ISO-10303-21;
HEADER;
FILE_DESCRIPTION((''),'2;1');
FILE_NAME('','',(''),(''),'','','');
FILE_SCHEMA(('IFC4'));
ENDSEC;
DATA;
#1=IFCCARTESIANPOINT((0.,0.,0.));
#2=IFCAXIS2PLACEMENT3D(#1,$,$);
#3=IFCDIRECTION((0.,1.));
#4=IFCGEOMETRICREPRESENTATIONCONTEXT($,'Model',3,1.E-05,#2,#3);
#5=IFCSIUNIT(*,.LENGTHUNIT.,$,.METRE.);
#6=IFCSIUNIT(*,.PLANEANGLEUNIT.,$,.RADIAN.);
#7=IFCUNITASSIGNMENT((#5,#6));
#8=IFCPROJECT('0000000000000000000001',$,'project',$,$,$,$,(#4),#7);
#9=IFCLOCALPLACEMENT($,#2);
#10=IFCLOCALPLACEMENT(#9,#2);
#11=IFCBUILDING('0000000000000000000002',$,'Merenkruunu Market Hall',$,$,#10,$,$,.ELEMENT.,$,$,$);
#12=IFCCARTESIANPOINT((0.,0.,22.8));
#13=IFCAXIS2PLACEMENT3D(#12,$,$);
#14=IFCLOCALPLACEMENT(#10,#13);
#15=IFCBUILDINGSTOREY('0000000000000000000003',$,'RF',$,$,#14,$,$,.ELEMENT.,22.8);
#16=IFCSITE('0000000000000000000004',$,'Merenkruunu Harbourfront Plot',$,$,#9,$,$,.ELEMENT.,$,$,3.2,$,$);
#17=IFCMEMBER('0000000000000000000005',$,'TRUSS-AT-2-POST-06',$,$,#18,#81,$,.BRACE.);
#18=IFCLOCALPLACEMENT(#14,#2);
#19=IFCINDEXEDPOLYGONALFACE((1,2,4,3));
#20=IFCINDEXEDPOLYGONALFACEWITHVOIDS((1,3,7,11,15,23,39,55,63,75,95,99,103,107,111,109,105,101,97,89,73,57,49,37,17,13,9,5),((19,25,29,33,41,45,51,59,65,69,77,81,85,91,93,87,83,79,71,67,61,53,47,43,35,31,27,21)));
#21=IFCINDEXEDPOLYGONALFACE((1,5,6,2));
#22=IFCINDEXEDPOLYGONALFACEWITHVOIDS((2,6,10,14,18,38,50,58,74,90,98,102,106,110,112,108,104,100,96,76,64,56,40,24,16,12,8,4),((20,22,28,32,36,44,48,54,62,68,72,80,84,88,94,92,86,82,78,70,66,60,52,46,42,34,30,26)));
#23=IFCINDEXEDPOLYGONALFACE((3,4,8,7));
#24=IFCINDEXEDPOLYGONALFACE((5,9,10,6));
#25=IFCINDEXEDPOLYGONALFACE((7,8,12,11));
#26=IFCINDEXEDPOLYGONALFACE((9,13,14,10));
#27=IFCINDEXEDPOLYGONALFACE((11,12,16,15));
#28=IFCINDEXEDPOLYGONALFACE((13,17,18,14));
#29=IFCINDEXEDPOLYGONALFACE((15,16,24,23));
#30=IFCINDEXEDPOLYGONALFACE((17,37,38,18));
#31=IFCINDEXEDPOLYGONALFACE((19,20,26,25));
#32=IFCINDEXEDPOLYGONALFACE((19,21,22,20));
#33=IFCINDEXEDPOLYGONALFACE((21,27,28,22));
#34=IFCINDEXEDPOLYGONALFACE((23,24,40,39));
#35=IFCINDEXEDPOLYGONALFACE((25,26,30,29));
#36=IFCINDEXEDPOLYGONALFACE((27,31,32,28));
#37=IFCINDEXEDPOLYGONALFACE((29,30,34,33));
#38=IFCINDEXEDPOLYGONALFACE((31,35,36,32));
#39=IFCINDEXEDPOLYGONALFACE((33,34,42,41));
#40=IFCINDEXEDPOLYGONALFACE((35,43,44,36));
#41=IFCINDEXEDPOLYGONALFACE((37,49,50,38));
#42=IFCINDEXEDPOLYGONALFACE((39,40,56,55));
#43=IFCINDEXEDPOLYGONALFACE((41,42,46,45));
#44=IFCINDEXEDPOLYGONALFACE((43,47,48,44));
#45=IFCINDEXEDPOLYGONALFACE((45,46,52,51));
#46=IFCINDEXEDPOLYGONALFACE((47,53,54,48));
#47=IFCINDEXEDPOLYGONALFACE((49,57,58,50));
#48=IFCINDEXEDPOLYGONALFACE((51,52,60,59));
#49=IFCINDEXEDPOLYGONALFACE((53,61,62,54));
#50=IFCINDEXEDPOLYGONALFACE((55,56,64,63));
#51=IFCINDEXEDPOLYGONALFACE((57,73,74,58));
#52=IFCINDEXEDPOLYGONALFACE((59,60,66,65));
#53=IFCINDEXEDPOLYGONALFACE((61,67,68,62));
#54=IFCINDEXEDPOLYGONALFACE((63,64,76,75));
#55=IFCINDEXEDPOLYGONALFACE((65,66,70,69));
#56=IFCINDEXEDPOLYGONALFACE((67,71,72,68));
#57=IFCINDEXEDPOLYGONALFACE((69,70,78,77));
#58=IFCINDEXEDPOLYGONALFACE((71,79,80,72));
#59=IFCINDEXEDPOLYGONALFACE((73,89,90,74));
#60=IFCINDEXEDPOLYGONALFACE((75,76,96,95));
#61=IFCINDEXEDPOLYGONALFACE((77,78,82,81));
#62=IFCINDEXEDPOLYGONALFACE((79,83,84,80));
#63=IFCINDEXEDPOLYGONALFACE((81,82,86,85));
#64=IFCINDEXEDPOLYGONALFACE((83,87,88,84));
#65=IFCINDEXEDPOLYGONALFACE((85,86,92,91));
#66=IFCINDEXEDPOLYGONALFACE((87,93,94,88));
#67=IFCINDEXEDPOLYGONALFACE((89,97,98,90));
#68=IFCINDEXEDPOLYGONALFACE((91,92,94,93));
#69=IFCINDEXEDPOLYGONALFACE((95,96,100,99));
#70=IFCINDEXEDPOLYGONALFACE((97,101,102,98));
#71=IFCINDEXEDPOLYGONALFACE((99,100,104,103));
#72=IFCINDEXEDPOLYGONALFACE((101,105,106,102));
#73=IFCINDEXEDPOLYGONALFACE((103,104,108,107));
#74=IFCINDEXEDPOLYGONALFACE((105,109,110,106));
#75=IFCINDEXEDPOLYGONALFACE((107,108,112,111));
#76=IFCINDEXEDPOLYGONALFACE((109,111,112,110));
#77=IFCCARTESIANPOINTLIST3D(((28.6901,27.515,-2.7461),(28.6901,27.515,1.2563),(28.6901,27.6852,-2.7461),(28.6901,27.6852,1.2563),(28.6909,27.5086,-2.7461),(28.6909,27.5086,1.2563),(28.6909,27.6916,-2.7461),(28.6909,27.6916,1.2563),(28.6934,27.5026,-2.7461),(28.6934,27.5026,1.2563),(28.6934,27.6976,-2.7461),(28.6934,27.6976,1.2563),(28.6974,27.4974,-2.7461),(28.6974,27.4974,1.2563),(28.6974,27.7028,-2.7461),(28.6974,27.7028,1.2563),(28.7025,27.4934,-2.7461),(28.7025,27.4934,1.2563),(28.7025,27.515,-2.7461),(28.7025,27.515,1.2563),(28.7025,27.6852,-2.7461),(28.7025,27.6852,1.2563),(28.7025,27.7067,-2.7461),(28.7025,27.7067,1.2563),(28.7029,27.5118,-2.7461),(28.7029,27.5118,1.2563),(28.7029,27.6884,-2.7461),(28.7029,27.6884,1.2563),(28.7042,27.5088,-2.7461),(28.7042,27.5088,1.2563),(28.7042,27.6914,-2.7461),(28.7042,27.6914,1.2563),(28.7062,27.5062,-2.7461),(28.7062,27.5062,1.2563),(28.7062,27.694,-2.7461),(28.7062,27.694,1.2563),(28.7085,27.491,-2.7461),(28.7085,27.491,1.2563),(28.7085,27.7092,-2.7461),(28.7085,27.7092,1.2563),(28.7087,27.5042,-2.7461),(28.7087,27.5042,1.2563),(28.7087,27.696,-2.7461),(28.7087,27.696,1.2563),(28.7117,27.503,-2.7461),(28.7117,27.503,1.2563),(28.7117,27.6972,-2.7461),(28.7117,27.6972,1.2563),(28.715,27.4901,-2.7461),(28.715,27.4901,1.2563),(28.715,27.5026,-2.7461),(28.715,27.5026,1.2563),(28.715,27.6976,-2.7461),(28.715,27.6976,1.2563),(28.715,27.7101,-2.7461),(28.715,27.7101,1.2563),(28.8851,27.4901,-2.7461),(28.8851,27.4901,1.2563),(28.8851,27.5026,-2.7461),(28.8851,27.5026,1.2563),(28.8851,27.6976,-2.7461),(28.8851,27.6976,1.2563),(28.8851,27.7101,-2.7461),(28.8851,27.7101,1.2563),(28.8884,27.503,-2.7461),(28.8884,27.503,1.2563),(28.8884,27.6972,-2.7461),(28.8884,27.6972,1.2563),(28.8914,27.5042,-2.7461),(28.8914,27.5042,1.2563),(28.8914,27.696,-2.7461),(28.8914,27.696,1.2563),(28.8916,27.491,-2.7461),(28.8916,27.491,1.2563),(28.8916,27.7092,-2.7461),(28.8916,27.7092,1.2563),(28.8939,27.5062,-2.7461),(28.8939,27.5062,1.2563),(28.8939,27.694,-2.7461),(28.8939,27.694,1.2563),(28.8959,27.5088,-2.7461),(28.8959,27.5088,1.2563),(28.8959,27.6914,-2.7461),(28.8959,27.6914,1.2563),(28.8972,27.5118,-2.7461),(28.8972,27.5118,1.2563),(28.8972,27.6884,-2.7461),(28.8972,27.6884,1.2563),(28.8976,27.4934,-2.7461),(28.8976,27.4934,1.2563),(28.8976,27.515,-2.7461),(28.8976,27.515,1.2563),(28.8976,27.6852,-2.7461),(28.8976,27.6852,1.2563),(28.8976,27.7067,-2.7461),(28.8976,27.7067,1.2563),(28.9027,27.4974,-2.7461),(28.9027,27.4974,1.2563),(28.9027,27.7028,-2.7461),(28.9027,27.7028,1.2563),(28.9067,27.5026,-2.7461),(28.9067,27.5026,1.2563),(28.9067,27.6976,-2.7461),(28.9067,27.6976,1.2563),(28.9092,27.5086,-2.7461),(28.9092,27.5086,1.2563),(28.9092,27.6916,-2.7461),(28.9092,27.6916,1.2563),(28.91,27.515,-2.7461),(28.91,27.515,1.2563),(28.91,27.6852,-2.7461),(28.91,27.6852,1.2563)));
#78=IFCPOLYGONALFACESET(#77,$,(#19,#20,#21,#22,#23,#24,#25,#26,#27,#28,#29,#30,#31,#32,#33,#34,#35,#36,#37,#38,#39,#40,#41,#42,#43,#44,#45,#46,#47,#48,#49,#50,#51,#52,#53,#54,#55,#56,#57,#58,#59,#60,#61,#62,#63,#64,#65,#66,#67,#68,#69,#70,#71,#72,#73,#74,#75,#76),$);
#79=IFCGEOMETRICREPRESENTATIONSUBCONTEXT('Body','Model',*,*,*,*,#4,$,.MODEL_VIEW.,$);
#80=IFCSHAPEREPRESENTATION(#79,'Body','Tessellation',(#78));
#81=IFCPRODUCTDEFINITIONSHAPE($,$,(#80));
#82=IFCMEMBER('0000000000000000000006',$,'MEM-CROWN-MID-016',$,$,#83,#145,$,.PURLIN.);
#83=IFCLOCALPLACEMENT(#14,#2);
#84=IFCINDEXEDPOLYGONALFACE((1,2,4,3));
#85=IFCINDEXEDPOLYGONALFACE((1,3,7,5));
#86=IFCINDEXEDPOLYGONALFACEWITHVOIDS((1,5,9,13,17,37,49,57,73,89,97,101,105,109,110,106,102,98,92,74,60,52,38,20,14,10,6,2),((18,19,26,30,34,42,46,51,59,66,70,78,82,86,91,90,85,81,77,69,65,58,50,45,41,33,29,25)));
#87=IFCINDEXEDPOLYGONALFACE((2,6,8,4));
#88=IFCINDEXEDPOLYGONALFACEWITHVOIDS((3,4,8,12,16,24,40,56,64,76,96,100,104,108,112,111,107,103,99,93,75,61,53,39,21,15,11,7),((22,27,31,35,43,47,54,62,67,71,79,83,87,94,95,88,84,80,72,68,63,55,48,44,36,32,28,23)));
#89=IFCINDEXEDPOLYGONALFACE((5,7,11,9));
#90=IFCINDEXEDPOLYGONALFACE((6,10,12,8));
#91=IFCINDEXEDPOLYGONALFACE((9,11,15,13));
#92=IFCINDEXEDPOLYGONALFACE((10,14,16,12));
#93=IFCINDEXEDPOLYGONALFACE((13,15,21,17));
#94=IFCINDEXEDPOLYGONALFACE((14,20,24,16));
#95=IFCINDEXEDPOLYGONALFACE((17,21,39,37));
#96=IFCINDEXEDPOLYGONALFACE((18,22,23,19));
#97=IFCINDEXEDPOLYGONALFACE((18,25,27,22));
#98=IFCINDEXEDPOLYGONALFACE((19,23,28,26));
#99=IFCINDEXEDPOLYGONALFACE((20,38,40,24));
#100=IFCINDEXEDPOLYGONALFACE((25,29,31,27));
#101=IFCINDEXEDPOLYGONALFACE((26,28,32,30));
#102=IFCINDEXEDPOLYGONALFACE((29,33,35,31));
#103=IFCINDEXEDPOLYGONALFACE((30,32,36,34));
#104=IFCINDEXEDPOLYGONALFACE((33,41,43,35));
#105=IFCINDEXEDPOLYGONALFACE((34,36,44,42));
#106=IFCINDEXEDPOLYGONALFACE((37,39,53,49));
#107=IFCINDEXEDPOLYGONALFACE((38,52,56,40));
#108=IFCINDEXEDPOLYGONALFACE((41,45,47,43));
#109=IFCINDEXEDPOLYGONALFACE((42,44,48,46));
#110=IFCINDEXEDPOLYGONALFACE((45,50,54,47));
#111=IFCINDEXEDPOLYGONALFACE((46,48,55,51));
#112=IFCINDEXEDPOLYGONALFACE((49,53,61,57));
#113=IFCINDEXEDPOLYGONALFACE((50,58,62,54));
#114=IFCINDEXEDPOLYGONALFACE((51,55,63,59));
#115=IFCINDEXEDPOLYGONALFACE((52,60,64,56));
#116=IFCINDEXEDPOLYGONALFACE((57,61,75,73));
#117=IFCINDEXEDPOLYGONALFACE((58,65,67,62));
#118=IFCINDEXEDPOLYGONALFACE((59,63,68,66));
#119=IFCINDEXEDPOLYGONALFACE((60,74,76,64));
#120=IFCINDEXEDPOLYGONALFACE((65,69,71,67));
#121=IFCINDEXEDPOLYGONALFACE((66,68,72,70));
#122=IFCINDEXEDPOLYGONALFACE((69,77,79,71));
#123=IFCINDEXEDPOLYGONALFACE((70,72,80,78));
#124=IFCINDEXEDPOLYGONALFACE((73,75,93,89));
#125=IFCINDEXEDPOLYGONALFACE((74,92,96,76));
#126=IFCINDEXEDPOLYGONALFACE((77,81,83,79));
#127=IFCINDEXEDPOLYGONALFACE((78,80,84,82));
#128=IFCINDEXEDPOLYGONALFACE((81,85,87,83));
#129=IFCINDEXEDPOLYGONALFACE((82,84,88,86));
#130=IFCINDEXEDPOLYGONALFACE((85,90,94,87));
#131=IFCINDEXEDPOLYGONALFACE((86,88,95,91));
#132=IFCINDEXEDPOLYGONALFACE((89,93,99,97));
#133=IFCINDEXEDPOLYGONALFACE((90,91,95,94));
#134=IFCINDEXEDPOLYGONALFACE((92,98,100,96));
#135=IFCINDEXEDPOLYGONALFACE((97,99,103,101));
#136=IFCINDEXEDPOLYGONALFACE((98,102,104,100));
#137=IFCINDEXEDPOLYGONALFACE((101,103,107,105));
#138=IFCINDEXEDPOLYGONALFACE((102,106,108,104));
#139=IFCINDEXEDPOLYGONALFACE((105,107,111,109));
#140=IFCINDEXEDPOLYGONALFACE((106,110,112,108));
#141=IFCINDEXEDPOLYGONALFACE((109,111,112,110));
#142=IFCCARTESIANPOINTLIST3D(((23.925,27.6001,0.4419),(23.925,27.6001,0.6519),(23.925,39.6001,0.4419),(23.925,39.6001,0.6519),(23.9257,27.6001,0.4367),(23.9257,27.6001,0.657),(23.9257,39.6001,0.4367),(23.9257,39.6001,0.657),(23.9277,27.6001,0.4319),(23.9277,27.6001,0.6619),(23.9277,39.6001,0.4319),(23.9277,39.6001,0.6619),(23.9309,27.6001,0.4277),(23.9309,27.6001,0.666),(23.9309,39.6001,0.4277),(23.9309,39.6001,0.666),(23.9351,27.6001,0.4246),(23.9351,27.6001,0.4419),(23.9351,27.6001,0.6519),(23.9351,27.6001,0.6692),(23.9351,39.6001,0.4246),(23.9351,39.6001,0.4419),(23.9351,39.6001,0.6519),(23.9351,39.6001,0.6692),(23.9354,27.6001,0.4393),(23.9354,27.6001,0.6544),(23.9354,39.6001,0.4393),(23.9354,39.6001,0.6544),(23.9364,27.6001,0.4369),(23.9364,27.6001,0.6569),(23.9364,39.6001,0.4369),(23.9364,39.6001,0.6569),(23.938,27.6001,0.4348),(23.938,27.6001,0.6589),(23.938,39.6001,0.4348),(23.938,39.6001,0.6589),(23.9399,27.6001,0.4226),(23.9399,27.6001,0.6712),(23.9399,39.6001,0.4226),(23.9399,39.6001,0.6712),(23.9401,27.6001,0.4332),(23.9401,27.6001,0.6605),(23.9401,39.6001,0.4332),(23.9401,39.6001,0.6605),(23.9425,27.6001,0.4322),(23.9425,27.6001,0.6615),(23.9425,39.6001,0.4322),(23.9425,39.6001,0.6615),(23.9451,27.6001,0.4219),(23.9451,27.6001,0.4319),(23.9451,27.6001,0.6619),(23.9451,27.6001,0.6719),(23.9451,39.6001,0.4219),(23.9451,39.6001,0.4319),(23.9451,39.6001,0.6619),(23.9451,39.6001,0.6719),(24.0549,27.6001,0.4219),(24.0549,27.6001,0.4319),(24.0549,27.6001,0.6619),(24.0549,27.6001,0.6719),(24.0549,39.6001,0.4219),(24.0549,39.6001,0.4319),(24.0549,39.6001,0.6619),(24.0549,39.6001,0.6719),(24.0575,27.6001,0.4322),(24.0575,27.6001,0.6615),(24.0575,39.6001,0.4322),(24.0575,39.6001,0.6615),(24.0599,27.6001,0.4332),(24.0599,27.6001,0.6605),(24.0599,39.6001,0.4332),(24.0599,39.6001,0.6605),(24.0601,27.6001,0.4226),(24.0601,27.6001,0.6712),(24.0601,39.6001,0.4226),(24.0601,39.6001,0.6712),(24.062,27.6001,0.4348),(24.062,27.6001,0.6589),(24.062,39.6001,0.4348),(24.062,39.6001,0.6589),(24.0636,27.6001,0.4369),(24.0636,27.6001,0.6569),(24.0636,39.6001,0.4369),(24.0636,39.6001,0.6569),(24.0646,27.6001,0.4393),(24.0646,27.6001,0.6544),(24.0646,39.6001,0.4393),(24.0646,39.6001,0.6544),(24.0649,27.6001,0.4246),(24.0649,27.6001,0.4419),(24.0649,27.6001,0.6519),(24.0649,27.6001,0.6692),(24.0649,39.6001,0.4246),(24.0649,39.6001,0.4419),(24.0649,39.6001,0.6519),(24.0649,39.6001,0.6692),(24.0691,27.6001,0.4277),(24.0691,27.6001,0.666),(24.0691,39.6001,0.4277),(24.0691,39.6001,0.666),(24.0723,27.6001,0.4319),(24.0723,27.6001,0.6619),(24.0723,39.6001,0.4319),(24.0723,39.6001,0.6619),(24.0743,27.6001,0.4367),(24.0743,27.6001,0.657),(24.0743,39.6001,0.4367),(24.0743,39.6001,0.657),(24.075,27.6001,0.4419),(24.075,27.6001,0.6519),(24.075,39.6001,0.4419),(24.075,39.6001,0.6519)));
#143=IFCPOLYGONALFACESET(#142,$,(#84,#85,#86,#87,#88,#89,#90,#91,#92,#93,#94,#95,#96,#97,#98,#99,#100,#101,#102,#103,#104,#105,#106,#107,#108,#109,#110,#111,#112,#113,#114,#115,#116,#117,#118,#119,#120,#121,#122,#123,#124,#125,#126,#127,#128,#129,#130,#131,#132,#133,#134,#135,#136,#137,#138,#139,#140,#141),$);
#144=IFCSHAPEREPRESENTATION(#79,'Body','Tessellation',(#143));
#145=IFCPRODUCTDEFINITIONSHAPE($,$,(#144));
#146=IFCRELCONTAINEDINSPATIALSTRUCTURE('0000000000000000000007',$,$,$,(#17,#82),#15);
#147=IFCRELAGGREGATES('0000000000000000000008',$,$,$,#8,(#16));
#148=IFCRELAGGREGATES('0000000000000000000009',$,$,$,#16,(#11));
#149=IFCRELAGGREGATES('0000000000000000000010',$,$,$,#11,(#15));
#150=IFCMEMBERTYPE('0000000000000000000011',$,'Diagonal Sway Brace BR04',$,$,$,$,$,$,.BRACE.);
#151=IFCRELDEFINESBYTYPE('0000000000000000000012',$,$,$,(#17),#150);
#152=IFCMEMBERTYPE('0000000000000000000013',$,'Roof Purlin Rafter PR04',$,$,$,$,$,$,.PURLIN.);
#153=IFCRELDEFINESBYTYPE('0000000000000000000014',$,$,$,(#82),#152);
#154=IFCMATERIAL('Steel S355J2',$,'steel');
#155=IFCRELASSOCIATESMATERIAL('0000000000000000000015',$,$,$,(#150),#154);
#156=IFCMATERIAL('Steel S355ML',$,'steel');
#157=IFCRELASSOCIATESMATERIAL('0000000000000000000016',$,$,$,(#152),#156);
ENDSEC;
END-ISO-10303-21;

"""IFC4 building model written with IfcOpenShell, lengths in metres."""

from ifc_helpers import new_model, si_unit, direction, frame, origin, origin_2d, place, context, subcontext, project, spatial, hollow_rectangle, extrude, material, material_profile, profile_set, type_object, element, save


model = new_model("IFC4")

# Units and contexts
model_context = context("Model", 3, precision=1e-05, world=origin(), true_north=direction((0.0, 1.0)))
body_context = subcontext(model_context, "Body", "Model", "MODEL_VIEW")
ifc_project = project(units=[si_unit("LENGTHUNIT", "METRE"), si_unit("PLANEANGLEUNIT", "RADIAN")], contexts=[model_context])

# Site, building, storey
site_placement = place(None, origin())
site = spatial("IfcSite", under=ifc_project, at=site_placement, Name="Merenkruunu Harbourfront Plot", CompositionType="ELEMENT", RefElevation=3.2)
building_placement = place(site_placement, origin())
building = spatial("IfcBuilding", under=site, at=building_placement, Name="Merenkruunu Market Hall", CompositionType="ELEMENT")
storey_placement = place(building_placement, frame((0.0, 0.0, 22.8)))
storey = spatial("IfcBuildingStorey", under=building, at=storey_placement, Name="RF", CompositionType="ELEMENT", Elevation=22.8)

# Members
ifc_material_1 = material(Name="Steel S355ML", Category="steel")
ifc_material_2 = material(Name="Steel S355J2", Category="steel")
ifc_material_profile_1 = material_profile(ifc_material_2, hollow_rectangle(XDim=0.22, YDim=0.22, WallThickness=0.0125, InnerFilletRadius=0.0125, OuterFilletRadius=0.0249, at=origin_2d()), Name="SHS 220x220x12.5")
ifc_profile_set_1 = profile_set([ifc_material_profile_1], Name="Steel S355J2")
member_type_1 = type_object("IfcMemberType", Name="Diagonal Sway Brace BR04", PredefinedType="BRACE", material=ifc_profile_set_1)
member_1_placement = place(storey_placement, frame((28.8, 27.6001, -2.7461), z_axis=(0.0, 0.0, 1.0), x_axis=(1.0, 0.0, 0.0)))
element("IfcMember", 1, at=member_1_placement, inside=storey, type_object=member_type_1, Name="TRUSS-AT-2-POST-06", PredefinedType="BRACE", context=body_context, shape_type="SweptSolid", body=[
    extrude(hollow_rectangle(XDim=0.22, YDim=0.22, WallThickness=0.0125, InnerFilletRadius=0.0125, OuterFilletRadius=0.0249, at=origin_2d()), origin(), (0.0, 0.0, 1.0), 4.0024),
])
ifc_material_profile_2 = material_profile(ifc_material_1, hollow_rectangle(XDim=0.1499, YDim=0.25, WallThickness=0.01, InnerFilletRadius=0.01, OuterFilletRadius=0.02, at=origin_2d()), Name="RHS 250x150x10")
ifc_profile_set_2 = profile_set([ifc_material_profile_2], Name="Steel S355ML")
member_type_2 = type_object("IfcMemberType", Name="Roof Purlin Rafter PR04", PredefinedType="PURLIN", material=ifc_profile_set_2)
member_2_placement = place(storey_placement, frame((24.0, 27.6001, 0.5469), z_axis=(0.0, 1.0, 0.0), x_axis=(-1.0, 0.0, 0.0)))
element("IfcMember", 2, at=member_2_placement, inside=storey, type_object=member_type_2, Name="MEM-CROWN-MID-016", PredefinedType="PURLIN", context=body_context, shape_type="SweptSolid", body=[
    extrude(hollow_rectangle(XDim=0.1499, YDim=0.25, WallThickness=0.01, InnerFilletRadius=0.01, OuterFilletRadius=0.02, at=origin_2d()), origin(), (0.0, 0.0, 1.0), 12.0),
])

save(model, "model.ifc")
